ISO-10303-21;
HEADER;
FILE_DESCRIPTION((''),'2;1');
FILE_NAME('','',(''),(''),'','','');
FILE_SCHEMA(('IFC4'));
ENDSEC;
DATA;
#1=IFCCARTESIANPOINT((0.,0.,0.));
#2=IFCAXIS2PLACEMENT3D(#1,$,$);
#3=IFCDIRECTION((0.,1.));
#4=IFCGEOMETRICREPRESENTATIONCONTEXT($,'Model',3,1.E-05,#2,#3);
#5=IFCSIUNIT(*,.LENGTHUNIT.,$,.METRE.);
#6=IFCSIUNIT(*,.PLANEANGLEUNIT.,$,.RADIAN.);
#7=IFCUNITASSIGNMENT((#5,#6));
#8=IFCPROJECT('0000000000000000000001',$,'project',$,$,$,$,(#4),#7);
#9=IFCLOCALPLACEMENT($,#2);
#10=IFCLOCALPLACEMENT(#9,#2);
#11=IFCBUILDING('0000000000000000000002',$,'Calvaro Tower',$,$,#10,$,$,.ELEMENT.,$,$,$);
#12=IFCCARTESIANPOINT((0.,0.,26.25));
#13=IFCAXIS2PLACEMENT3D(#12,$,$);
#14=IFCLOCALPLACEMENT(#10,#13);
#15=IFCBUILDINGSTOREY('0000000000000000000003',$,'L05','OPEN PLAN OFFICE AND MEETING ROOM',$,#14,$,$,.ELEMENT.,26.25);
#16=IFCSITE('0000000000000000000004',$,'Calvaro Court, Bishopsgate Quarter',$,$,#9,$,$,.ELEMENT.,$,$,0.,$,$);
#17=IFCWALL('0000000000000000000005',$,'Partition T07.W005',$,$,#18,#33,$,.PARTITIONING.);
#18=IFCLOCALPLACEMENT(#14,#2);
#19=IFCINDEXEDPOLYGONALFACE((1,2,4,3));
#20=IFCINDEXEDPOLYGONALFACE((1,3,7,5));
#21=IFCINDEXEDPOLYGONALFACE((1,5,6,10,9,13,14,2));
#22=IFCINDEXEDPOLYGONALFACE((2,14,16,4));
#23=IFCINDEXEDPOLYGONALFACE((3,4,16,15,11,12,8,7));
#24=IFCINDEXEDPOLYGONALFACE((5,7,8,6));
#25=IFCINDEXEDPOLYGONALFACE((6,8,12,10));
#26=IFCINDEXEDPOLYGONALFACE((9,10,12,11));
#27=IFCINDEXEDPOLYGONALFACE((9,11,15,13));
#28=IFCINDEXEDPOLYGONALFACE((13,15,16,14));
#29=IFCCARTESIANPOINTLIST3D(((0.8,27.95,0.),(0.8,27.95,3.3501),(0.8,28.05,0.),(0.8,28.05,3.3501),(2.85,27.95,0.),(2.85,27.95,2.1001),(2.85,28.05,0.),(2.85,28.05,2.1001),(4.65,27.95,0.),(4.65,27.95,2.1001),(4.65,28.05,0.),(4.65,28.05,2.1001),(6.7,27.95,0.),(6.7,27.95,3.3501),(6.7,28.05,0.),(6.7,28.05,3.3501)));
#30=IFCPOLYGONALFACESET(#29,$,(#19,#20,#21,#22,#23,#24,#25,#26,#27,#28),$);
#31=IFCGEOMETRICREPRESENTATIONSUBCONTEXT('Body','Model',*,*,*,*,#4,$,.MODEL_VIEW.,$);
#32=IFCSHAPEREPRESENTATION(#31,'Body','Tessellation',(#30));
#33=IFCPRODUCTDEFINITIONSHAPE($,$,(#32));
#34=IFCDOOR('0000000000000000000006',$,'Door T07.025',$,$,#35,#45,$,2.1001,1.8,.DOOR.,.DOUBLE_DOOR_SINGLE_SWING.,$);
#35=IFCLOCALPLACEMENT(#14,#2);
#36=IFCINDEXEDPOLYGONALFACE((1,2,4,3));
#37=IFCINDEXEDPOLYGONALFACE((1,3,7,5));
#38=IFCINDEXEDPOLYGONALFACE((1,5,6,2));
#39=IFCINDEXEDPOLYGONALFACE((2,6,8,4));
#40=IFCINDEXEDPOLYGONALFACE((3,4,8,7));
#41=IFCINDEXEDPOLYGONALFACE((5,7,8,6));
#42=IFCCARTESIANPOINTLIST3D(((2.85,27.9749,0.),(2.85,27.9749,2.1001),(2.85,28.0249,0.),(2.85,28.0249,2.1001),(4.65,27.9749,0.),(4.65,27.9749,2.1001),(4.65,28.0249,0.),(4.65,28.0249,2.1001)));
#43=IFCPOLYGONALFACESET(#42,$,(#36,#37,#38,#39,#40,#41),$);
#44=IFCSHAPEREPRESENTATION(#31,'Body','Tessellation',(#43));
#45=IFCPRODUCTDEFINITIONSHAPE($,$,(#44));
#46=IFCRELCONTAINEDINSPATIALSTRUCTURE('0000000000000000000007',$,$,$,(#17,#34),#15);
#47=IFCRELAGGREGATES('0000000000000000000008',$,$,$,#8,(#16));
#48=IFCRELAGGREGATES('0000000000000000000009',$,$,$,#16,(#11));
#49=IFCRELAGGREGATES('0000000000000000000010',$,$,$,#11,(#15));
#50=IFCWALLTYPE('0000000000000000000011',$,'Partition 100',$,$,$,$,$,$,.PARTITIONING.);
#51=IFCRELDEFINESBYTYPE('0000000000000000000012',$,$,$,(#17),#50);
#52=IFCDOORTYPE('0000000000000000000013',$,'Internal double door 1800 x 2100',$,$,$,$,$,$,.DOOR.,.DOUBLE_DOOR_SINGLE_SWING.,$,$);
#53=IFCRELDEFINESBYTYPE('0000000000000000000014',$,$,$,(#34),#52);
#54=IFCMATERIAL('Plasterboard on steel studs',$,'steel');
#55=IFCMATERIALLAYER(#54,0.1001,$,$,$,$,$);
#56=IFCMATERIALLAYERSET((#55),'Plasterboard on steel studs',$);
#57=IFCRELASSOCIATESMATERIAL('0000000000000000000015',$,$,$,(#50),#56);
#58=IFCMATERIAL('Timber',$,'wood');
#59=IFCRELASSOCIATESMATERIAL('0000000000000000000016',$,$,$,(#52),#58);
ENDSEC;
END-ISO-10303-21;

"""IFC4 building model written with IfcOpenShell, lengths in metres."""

from ifc_helpers import new_model, si_unit, direction, frame, frame_2d, origin, place, context, subcontext, project, spatial, rectangle, extrude, material, layer, layer_set, type_object, element, fill, save


model = new_model("IFC4")

# Units and contexts
model_context = context("Model", 3, precision=1e-05, world=origin(), true_north=direction((0.0, 1.0)))
body_context = subcontext(model_context, "Body", "Model", "MODEL_VIEW")
ifc_project = project(units=[si_unit("LENGTHUNIT", "METRE"), si_unit("PLANEANGLEUNIT", "RADIAN")], contexts=[model_context])

# Site, building, storey
site_placement = place(None, origin())
site = spatial("IfcSite", under=ifc_project, at=site_placement, Name="Calvaro Court, Bishopsgate Quarter", CompositionType="ELEMENT", RefElevation=0.0)
building_placement = place(site_placement, origin())
building = spatial("IfcBuilding", under=site, at=building_placement, Name="Calvaro Tower", CompositionType="ELEMENT")
storey_placement = place(building_placement, frame((0.0, 0.0, 26.25)))
storey = spatial("IfcBuildingStorey", under=building, at=storey_placement, Name="L05", Description="OPEN PLAN OFFICE AND MEETING ROOM", CompositionType="ELEMENT", Elevation=26.25)

# Wall, opening, door
ifc_material_1 = material(Name="Plasterboard on steel studs", Category="steel")
ifc_layer = layer(ifc_material_1, 0.1001)
ifc_layer_set = layer_set([ifc_layer], Name="Plasterboard on steel studs")
wall_type = type_object("IfcWallType", Name="Partition 100", PredefinedType="PARTITIONING", material=ifc_layer_set)
wall_placement = place(storey_placement, frame((0.8, 28.0, 0.0), z_axis=(0.0, 0.0, 1.0), x_axis=(1.0, 0.0, 0.0)))
wall = element("IfcWall", 1, at=wall_placement, inside=storey, type_object=wall_type, Name="Partition T07.W005", PredefinedType="PARTITIONING", context=body_context, shape_type="SweptSolid", body=[
    extrude(rectangle(XDim=5.8999, YDim=0.1001, at=frame_2d((2.95, 0.0))), origin(), (0.0, 0.0, 1.0), 3.3501),
])
opening_placement = place(wall_placement, frame((2.05, 0.0, 0.0)))
opening = element("IfcOpeningElement", 2, at=opening_placement, cuts=wall, PredefinedType="OPENING", context=body_context, shape_type="SweptSolid", body=[
    extrude(rectangle(XDim=1.8, YDim=2.1001, at=frame_2d((0.8999, 1.05))), frame((0.0, 0.0601, 0.0), z_axis=(0.0, -1.0, 0.0), x_axis=(1.0, 0.0, 0.0)), (0.0, 0.0, 1.0), 0.1201),
])
ifc_material_2 = material(Name="Timber", Category="wood")
door_type = type_object("IfcDoorType", Name="Internal double door 1800 x 2100", OperationType="DOUBLE_DOOR_SINGLE_SWING", PredefinedType="DOOR", material=ifc_material_2)
door_placement = place(opening_placement, origin())
door = element("IfcDoor", 3, at=door_placement, inside=storey, type_object=door_type, Name="Door T07.025", OperationType="DOUBLE_DOOR_SINGLE_SWING", OverallHeight=2.1001, OverallWidth=1.8, PredefinedType="DOOR", context=body_context, shape_type="SweptSolid", body=[
    extrude(rectangle(XDim=1.8, YDim=2.1001, at=frame_2d((0.8999, 1.05))), frame((0.0, 0.0249, 0.0), z_axis=(0.0, -1.0, 0.0), x_axis=(1.0, 0.0, 0.0)), (0.0, 0.0, 1.0), 0.05),
])
fill(opening, door)

save(model, "model.ifc")
